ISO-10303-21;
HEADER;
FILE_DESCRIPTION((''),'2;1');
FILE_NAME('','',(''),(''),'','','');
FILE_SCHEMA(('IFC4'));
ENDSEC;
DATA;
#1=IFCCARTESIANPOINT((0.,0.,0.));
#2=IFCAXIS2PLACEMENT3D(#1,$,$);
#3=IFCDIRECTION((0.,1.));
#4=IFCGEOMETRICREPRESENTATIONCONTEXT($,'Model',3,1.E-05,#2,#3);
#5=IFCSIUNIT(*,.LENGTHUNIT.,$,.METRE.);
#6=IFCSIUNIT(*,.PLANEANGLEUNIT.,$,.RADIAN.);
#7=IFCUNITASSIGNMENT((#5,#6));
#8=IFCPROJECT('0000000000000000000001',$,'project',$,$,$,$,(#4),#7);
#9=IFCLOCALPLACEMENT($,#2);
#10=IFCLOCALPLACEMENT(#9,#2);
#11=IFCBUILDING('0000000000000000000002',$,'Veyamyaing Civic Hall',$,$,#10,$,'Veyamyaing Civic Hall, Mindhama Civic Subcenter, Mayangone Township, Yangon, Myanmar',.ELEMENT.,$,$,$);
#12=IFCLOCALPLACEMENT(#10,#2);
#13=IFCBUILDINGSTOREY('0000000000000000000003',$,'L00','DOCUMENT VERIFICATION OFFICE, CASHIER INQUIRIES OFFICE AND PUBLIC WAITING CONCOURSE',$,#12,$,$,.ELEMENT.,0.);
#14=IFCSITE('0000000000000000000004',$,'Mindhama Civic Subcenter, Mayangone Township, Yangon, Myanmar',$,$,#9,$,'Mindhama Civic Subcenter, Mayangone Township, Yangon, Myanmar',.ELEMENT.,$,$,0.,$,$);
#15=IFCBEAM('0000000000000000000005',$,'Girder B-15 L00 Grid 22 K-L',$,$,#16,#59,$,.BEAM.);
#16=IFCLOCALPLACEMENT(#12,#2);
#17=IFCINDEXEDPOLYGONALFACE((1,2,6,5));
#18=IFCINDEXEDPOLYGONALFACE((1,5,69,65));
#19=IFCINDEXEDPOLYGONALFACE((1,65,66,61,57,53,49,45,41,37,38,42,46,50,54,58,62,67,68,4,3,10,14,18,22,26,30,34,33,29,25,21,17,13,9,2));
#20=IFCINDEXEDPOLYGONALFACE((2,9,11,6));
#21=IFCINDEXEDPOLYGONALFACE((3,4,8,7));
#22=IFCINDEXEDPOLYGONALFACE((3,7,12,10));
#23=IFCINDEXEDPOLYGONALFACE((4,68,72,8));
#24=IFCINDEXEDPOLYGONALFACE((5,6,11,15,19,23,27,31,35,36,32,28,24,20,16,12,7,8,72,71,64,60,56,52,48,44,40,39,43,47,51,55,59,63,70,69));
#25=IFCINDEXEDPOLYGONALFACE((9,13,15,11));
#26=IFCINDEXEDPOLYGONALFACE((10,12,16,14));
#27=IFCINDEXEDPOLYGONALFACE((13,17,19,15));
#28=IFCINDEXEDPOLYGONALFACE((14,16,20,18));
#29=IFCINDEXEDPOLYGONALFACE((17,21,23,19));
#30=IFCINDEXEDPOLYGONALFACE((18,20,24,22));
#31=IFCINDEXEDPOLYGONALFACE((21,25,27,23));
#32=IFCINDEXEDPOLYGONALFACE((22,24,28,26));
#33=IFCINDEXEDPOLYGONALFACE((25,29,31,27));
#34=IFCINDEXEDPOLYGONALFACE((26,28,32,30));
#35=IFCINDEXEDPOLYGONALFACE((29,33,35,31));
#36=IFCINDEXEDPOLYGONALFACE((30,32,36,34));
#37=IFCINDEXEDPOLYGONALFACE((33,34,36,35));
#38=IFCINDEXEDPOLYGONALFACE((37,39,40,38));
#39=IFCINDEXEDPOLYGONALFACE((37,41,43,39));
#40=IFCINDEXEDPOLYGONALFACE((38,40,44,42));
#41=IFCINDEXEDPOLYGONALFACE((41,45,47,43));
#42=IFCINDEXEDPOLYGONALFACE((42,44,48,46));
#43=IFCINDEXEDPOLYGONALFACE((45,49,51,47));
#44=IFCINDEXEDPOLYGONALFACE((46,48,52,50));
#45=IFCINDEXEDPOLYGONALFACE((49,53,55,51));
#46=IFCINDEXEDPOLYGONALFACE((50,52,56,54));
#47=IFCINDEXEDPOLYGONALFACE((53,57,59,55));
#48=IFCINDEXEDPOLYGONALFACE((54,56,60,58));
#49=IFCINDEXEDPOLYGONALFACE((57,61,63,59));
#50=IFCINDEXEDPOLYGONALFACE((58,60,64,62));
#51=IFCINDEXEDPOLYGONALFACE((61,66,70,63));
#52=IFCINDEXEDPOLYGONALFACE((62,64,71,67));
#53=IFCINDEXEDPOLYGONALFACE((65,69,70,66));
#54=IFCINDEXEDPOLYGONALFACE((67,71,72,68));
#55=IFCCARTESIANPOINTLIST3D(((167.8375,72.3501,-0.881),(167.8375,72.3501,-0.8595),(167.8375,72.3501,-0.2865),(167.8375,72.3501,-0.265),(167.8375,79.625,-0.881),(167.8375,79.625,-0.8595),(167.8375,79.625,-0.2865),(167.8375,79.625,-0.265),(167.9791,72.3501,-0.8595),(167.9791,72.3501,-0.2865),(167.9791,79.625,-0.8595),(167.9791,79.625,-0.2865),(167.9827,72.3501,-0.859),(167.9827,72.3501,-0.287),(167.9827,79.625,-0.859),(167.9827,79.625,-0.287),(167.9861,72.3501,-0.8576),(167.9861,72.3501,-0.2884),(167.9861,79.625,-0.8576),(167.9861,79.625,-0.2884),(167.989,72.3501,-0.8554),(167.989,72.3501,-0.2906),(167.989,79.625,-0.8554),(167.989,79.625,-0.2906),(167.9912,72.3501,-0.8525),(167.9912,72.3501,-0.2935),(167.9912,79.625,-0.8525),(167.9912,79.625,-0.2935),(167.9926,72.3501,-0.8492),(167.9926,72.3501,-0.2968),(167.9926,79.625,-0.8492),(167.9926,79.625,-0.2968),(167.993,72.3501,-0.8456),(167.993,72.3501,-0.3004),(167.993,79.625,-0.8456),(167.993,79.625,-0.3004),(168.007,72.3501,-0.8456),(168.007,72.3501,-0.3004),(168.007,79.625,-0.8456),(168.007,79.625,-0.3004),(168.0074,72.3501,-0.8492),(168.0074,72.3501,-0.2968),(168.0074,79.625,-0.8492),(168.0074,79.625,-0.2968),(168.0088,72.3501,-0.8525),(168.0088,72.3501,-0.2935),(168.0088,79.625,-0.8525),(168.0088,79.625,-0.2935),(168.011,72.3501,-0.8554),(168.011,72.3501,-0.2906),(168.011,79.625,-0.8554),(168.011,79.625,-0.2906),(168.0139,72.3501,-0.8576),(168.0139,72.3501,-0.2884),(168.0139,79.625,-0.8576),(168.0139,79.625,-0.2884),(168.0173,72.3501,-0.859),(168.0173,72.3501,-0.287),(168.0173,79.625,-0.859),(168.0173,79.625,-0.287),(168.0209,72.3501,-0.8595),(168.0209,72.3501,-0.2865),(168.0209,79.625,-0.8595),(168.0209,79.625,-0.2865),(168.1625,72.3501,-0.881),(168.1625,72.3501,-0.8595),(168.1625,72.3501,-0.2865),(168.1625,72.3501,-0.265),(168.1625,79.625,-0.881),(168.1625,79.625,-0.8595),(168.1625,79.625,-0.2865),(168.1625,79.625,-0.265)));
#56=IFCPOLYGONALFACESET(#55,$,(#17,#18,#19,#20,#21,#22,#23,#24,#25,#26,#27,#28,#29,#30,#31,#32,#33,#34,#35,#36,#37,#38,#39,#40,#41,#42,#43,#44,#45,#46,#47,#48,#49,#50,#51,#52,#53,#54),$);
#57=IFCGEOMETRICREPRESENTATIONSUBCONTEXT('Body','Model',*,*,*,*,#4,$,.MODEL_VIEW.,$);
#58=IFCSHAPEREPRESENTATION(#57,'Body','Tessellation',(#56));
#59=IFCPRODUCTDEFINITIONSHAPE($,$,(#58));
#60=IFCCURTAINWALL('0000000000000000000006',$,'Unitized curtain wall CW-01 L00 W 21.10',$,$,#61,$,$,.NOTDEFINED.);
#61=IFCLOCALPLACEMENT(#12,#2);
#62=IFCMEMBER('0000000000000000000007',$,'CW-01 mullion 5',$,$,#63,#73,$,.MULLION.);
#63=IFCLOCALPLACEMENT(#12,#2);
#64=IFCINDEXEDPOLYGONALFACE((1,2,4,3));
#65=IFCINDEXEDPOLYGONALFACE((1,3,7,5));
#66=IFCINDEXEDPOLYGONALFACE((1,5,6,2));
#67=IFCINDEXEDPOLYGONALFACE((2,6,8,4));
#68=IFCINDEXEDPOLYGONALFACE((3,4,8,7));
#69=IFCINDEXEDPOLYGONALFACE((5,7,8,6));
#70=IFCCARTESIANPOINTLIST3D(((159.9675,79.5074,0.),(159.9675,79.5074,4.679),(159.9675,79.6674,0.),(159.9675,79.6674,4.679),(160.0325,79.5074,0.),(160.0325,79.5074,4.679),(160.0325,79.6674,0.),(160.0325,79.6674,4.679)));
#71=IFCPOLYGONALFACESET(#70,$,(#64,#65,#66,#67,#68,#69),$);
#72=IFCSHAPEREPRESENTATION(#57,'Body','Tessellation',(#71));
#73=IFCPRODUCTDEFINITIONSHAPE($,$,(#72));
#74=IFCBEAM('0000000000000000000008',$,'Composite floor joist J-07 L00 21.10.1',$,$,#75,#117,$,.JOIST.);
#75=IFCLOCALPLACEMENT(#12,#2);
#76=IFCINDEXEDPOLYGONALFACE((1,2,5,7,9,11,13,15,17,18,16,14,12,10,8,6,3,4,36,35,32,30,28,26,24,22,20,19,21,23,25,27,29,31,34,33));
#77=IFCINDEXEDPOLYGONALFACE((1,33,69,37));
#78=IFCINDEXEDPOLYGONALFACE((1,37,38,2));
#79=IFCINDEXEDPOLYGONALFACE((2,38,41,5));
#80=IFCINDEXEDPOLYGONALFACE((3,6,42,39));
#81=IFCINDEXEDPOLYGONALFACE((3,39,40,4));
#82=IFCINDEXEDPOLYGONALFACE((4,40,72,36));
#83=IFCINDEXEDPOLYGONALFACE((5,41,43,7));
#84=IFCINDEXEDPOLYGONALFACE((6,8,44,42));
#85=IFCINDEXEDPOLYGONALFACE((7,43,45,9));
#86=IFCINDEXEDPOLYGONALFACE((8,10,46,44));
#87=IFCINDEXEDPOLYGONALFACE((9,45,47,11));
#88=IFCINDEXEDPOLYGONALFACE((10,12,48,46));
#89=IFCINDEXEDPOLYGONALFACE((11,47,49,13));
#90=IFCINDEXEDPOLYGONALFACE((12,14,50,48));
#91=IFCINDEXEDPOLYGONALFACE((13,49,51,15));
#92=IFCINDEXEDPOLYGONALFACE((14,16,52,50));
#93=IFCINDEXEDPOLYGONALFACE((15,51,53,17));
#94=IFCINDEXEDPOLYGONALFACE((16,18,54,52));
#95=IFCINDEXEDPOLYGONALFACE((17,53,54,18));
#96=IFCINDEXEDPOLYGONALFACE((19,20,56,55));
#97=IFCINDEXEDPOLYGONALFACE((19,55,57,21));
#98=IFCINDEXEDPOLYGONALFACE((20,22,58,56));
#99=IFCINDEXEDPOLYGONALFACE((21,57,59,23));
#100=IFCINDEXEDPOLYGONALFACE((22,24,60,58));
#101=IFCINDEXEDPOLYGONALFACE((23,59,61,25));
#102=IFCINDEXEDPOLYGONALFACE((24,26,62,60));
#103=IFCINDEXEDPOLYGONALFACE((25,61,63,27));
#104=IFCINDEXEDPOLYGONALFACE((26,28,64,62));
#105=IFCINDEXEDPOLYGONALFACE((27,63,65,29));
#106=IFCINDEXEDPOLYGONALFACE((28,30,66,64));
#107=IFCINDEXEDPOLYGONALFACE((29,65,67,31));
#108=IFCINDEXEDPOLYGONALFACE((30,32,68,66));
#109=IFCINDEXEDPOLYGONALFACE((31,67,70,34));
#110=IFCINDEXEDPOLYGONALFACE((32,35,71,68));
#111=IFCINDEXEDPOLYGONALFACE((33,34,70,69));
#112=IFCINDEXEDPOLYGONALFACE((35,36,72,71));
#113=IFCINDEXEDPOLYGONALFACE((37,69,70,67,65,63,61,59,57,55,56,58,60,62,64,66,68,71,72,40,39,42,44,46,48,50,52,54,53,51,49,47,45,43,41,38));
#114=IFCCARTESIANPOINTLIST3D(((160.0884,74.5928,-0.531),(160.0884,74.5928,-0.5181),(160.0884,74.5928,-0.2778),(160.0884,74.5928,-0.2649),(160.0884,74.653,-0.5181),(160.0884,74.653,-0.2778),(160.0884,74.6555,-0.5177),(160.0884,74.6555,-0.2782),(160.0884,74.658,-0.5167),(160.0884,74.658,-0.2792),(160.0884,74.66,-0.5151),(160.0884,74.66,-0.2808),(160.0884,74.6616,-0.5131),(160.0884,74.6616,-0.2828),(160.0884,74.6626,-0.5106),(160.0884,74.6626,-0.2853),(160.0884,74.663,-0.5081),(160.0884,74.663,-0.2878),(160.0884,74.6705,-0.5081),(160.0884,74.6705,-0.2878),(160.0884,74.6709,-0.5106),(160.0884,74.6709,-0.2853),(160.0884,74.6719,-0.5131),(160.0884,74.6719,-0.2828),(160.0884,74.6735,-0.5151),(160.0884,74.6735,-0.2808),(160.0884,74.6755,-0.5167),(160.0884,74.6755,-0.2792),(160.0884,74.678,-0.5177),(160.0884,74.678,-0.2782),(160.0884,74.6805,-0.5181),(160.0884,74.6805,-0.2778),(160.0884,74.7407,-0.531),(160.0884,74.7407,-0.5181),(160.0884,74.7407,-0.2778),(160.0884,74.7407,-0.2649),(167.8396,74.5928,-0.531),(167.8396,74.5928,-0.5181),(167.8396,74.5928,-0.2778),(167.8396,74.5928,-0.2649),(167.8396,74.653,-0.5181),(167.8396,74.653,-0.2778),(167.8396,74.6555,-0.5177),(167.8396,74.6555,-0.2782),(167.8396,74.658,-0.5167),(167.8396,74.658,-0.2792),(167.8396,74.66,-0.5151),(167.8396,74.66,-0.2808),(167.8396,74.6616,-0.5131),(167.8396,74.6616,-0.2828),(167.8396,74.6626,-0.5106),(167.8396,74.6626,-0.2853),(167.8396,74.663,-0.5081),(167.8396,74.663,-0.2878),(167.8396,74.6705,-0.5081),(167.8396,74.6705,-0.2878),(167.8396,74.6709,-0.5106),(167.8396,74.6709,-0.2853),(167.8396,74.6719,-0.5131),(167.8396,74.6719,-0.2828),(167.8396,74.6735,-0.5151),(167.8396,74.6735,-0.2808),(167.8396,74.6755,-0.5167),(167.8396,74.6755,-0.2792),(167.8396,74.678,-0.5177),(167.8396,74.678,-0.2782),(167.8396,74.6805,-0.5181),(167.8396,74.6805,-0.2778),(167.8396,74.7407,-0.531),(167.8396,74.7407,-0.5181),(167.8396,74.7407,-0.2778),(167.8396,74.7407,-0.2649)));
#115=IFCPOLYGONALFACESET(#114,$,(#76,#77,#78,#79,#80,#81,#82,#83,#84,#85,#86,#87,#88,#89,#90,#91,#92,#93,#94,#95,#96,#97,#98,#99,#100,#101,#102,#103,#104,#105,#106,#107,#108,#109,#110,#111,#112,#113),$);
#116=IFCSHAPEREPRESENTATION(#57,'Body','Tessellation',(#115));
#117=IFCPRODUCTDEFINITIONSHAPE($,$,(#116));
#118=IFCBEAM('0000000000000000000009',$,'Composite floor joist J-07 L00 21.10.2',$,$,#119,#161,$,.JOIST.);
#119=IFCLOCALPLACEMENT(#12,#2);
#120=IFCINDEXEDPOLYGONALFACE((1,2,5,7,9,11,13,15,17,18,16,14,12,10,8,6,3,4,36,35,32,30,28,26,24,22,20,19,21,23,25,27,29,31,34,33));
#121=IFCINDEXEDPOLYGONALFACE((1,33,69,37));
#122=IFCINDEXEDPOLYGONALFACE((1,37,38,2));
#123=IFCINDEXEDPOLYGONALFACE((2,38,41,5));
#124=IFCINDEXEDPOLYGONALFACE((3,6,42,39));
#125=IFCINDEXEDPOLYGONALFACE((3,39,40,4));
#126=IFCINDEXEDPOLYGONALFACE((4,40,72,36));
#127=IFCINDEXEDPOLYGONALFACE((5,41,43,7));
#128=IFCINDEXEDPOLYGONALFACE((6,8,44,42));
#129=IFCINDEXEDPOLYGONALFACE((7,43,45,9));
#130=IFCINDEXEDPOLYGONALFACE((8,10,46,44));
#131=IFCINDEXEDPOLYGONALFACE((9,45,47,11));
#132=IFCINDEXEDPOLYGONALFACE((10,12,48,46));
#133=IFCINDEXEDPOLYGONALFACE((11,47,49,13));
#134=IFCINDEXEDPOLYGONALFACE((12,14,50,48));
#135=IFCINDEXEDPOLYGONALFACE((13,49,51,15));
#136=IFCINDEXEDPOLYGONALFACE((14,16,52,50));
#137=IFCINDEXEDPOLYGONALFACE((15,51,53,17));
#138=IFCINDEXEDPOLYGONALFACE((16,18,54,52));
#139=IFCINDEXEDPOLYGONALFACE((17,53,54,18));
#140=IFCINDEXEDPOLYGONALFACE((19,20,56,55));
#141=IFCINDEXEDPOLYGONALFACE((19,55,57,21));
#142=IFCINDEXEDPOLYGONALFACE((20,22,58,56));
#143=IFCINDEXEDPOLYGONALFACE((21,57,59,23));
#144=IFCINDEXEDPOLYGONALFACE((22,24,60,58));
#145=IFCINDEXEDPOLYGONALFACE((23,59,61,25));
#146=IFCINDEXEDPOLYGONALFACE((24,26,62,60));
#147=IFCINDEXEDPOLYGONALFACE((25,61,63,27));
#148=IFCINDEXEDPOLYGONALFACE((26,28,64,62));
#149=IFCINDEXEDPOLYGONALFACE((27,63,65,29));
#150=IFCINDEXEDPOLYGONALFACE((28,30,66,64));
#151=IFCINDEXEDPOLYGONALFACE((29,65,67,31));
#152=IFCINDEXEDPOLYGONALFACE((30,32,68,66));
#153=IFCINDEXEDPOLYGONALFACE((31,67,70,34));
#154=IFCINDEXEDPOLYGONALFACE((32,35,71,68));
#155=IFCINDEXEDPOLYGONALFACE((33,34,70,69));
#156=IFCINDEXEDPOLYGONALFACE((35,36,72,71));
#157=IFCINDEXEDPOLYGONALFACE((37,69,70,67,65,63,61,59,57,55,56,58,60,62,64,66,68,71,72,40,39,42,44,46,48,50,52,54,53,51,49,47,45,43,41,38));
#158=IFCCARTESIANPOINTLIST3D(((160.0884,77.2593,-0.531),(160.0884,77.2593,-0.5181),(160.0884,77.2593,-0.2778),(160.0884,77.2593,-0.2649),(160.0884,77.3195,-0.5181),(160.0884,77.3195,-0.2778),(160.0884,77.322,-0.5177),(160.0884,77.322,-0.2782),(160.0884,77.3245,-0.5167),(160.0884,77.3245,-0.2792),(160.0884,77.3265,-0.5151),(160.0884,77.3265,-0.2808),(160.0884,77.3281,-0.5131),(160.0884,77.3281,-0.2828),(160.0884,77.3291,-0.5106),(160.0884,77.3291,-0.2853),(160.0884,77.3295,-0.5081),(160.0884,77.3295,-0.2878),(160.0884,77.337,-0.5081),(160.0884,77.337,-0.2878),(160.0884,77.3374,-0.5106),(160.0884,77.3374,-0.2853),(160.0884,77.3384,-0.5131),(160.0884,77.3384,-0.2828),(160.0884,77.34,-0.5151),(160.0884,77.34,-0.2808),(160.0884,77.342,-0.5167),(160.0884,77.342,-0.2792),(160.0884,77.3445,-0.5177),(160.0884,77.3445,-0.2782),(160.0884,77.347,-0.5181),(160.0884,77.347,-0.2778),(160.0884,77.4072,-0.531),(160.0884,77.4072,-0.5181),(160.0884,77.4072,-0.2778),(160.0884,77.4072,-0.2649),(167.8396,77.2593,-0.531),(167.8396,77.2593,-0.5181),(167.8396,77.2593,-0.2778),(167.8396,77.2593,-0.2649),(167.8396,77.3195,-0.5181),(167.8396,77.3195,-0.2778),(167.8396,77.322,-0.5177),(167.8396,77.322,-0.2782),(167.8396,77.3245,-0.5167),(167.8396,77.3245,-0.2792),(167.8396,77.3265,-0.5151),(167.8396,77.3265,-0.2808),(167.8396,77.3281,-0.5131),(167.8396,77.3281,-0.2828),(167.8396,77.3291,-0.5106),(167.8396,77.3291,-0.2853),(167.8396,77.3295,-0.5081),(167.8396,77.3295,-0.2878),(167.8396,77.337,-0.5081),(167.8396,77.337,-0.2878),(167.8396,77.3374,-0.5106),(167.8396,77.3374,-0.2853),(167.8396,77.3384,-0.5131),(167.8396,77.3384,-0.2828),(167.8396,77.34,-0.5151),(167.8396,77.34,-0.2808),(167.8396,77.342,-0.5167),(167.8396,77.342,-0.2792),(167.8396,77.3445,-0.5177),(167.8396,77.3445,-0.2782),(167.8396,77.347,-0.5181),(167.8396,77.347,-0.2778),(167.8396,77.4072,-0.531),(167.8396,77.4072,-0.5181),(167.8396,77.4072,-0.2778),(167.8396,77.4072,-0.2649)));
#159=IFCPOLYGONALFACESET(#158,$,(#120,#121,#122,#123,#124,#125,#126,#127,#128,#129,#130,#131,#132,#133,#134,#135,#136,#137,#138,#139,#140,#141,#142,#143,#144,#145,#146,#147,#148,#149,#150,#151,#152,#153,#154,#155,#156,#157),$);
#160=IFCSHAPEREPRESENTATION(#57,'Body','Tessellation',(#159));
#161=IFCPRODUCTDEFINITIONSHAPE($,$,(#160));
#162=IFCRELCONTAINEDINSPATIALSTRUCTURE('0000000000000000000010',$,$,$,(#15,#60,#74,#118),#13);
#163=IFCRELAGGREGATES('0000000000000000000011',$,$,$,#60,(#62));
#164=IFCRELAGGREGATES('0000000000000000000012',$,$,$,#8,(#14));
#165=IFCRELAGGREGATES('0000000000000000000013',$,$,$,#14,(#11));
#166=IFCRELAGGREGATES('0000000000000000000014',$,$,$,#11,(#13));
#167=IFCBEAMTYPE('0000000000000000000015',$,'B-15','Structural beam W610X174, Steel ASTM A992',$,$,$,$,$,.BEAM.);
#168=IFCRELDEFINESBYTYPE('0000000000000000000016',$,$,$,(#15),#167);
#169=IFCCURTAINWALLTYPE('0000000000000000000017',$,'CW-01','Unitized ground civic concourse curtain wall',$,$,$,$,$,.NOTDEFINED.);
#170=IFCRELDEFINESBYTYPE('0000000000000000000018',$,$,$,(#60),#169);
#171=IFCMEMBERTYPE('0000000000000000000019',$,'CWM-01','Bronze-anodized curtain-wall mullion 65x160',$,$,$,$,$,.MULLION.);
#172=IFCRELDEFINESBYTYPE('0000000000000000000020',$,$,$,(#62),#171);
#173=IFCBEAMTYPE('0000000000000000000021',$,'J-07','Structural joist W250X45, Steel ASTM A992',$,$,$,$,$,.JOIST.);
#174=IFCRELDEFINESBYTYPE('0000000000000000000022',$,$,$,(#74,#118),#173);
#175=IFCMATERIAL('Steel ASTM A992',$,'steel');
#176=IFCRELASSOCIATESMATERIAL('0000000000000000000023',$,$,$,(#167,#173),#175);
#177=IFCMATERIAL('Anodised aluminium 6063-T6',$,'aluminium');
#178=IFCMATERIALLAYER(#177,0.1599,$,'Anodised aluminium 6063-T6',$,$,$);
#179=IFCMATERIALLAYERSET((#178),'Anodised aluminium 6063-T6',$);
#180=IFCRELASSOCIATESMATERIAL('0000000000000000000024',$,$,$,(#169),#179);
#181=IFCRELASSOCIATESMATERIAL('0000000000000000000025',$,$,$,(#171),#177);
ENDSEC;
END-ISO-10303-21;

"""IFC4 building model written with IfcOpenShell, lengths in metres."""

from ifc_helpers import new_model, si_unit, direction, frame, origin, origin_2d, place, context, subcontext, project, spatial, rectangle, i_section, extrude, material, layer, layer_set, material_profile, profile_set, type_object, element, aggregate, save


model = new_model("IFC4")

# Units and contexts
model_context = context("Model", 3, precision=1e-05, world=origin(), true_north=direction((0.0, 1.0)))
body_context = subcontext(model_context, "Body", "Model", "MODEL_VIEW")
ifc_project = project(units=[si_unit("LENGTHUNIT", "METRE"), si_unit("PLANEANGLEUNIT", "RADIAN")], contexts=[model_context])

# Site, building, storey
site_placement = place(None, origin())
site = spatial("IfcSite", under=ifc_project, at=site_placement, Name="Mindhama Civic Subcenter, Mayangone Township, Yangon, Myanmar", LongName="Mindhama Civic Subcenter, Mayangone Township, Yangon, Myanmar", CompositionType="ELEMENT", RefElevation=0.0)
building_placement = place(site_placement, origin())
building = spatial("IfcBuilding", under=site, at=building_placement, Name="Veyamyaing Civic Hall", LongName="Veyamyaing Civic Hall, Mindhama Civic Subcenter, Mayangone Township, Yangon, Myanmar", CompositionType="ELEMENT")
storey_placement = place(building_placement, origin())
storey = spatial("IfcBuildingStorey", under=building, at=storey_placement, Name="L00", Description="DOCUMENT VERIFICATION OFFICE, CASHIER INQUIRIES OFFICE AND PUBLIC WAITING CONCOURSE", CompositionType="ELEMENT", Elevation=0.0)

# Beam
ifc_material_1 = material(Name="Steel ASTM A992", Category="steel")
ifc_material_profile_1 = material_profile(ifc_material_1, i_section(OverallWidth=0.325, OverallDepth=0.616, WebThickness=0.0139, FlangeThickness=0.0215, FilletRadius=0.0139, at=origin_2d()), Name="W610X174")
ifc_profile_set_1 = profile_set([ifc_material_profile_1], Name="Steel ASTM A992")
beam_type_1 = type_object("IfcBeamType", Name="B-15", Description="Structural beam W610X174, Steel ASTM A992", PredefinedType="BEAM", material=ifc_profile_set_1)
beam_1_placement = place(storey_placement, frame((168.0, 72.3501, -0.573), z_axis=(0.0, 1.0, 0.0), x_axis=(-1.0, 0.0, 0.0)))
element("IfcBeam", 1, at=beam_1_placement, inside=storey, type_object=beam_type_1, Name="Girder B-15 L00 Grid 22 K-L", PredefinedType="BEAM", context=body_context, shape_type="SweptSolid", body=[
    extrude(i_section(OverallWidth=0.325, OverallDepth=0.616, WebThickness=0.0139, FlangeThickness=0.0215, FilletRadius=0.0139, at=origin_2d()), origin(), (0.0, 0.0, 1.0), 7.2749),
])

# Curtain wall, member
ifc_material_2 = material(Name="Anodised aluminium 6063-T6", Category="aluminium")
ifc_layer_1 = layer(ifc_material_2, 0.1599, Name="Anodised aluminium 6063-T6")
ifc_layer_set_1 = layer_set([ifc_layer_1], Name="Anodised aluminium 6063-T6")
curtain_wall_type = type_object("IfcCurtainWallType", Name="CW-01", Description="Unitized ground civic concourse curtain wall", PredefinedType="NOTDEFINED", material=ifc_layer_set_1)
curtain_wall_placement = place(storey_placement, origin())
curtain_wall = element("IfcCurtainWall", 2, at=curtain_wall_placement, inside=storey, type_object=curtain_wall_type, Name="Unitized curtain wall CW-01 L00 W 21.10", PredefinedType="NOTDEFINED")
ifc_material_profile_2 = material_profile(ifc_material_2, rectangle(XDim=0.0649, YDim=0.1599, at=origin_2d()), Name="ALU-MUL-65X160")
ifc_profile_set_2 = profile_set([ifc_material_profile_2], Name="Anodised aluminium 6063-T6")
member_type = type_object("IfcMemberType", Name="CWM-01", Description="Bronze-anodized curtain-wall mullion 65x160", PredefinedType="MULLION", material=ifc_profile_set_2)
member_placement = place(storey_placement, frame((160.0, 79.5874, 0.0), z_axis=(0.0, 0.0, 1.0), x_axis=(-1.0, 0.0, 0.0)))
member = element("IfcMember", 3, at=member_placement, type_object=member_type, Name="CW-01 mullion 5", PredefinedType="MULLION", context=body_context, shape_type="SweptSolid", body=[
    extrude(rectangle(XDim=0.0649, YDim=0.1599, at=origin_2d()), origin(), (0.0, 0.0, 1.0), 4.679),
])
aggregate(curtain_wall, [member])

# Beams
ifc_material_profile_3 = material_profile(ifc_material_1, i_section(OverallWidth=0.1479, OverallDepth=0.2661, WebThickness=0.0076, FlangeThickness=0.0129, FilletRadius=0.01, at=origin_2d()), Name="W250X45")
ifc_profile_set_3 = profile_set([ifc_material_profile_3], Name="Steel ASTM A992")
beam_type_2 = type_object("IfcBeamType", Name="J-07", Description="Structural joist W250X45, Steel ASTM A992", PredefinedType="JOIST", material=ifc_profile_set_3)
for number, where, z_axis, x_axis, name in (
    (4, (160.0884, 74.6667, -0.3979), (1.0, 0.0, 0.0), (0.0, 1.0, 0.0), "Composite floor joist J-07 L00 21.10.1"),
    (5, (160.0884, 77.3333, -0.3979), (1.0, 0.0, 0.0), (0.0, 1.0, 0.0), "Composite floor joist J-07 L00 21.10.2"),
):
    element("IfcBeam", number, at=place(storey_placement, frame(where, z_axis=z_axis, x_axis=x_axis)), inside=storey, type_object=beam_type_2, Name=name, PredefinedType="JOIST", context=body_context, shape_type="SweptSolid", body=[
        extrude(i_section(OverallWidth=0.1479, OverallDepth=0.2661, WebThickness=0.0076, FlangeThickness=0.0129, FilletRadius=0.01, at=origin_2d()), origin(), (0.0, 0.0, 1.0), 7.7512),
    ])

save(model, "model.ifc")
